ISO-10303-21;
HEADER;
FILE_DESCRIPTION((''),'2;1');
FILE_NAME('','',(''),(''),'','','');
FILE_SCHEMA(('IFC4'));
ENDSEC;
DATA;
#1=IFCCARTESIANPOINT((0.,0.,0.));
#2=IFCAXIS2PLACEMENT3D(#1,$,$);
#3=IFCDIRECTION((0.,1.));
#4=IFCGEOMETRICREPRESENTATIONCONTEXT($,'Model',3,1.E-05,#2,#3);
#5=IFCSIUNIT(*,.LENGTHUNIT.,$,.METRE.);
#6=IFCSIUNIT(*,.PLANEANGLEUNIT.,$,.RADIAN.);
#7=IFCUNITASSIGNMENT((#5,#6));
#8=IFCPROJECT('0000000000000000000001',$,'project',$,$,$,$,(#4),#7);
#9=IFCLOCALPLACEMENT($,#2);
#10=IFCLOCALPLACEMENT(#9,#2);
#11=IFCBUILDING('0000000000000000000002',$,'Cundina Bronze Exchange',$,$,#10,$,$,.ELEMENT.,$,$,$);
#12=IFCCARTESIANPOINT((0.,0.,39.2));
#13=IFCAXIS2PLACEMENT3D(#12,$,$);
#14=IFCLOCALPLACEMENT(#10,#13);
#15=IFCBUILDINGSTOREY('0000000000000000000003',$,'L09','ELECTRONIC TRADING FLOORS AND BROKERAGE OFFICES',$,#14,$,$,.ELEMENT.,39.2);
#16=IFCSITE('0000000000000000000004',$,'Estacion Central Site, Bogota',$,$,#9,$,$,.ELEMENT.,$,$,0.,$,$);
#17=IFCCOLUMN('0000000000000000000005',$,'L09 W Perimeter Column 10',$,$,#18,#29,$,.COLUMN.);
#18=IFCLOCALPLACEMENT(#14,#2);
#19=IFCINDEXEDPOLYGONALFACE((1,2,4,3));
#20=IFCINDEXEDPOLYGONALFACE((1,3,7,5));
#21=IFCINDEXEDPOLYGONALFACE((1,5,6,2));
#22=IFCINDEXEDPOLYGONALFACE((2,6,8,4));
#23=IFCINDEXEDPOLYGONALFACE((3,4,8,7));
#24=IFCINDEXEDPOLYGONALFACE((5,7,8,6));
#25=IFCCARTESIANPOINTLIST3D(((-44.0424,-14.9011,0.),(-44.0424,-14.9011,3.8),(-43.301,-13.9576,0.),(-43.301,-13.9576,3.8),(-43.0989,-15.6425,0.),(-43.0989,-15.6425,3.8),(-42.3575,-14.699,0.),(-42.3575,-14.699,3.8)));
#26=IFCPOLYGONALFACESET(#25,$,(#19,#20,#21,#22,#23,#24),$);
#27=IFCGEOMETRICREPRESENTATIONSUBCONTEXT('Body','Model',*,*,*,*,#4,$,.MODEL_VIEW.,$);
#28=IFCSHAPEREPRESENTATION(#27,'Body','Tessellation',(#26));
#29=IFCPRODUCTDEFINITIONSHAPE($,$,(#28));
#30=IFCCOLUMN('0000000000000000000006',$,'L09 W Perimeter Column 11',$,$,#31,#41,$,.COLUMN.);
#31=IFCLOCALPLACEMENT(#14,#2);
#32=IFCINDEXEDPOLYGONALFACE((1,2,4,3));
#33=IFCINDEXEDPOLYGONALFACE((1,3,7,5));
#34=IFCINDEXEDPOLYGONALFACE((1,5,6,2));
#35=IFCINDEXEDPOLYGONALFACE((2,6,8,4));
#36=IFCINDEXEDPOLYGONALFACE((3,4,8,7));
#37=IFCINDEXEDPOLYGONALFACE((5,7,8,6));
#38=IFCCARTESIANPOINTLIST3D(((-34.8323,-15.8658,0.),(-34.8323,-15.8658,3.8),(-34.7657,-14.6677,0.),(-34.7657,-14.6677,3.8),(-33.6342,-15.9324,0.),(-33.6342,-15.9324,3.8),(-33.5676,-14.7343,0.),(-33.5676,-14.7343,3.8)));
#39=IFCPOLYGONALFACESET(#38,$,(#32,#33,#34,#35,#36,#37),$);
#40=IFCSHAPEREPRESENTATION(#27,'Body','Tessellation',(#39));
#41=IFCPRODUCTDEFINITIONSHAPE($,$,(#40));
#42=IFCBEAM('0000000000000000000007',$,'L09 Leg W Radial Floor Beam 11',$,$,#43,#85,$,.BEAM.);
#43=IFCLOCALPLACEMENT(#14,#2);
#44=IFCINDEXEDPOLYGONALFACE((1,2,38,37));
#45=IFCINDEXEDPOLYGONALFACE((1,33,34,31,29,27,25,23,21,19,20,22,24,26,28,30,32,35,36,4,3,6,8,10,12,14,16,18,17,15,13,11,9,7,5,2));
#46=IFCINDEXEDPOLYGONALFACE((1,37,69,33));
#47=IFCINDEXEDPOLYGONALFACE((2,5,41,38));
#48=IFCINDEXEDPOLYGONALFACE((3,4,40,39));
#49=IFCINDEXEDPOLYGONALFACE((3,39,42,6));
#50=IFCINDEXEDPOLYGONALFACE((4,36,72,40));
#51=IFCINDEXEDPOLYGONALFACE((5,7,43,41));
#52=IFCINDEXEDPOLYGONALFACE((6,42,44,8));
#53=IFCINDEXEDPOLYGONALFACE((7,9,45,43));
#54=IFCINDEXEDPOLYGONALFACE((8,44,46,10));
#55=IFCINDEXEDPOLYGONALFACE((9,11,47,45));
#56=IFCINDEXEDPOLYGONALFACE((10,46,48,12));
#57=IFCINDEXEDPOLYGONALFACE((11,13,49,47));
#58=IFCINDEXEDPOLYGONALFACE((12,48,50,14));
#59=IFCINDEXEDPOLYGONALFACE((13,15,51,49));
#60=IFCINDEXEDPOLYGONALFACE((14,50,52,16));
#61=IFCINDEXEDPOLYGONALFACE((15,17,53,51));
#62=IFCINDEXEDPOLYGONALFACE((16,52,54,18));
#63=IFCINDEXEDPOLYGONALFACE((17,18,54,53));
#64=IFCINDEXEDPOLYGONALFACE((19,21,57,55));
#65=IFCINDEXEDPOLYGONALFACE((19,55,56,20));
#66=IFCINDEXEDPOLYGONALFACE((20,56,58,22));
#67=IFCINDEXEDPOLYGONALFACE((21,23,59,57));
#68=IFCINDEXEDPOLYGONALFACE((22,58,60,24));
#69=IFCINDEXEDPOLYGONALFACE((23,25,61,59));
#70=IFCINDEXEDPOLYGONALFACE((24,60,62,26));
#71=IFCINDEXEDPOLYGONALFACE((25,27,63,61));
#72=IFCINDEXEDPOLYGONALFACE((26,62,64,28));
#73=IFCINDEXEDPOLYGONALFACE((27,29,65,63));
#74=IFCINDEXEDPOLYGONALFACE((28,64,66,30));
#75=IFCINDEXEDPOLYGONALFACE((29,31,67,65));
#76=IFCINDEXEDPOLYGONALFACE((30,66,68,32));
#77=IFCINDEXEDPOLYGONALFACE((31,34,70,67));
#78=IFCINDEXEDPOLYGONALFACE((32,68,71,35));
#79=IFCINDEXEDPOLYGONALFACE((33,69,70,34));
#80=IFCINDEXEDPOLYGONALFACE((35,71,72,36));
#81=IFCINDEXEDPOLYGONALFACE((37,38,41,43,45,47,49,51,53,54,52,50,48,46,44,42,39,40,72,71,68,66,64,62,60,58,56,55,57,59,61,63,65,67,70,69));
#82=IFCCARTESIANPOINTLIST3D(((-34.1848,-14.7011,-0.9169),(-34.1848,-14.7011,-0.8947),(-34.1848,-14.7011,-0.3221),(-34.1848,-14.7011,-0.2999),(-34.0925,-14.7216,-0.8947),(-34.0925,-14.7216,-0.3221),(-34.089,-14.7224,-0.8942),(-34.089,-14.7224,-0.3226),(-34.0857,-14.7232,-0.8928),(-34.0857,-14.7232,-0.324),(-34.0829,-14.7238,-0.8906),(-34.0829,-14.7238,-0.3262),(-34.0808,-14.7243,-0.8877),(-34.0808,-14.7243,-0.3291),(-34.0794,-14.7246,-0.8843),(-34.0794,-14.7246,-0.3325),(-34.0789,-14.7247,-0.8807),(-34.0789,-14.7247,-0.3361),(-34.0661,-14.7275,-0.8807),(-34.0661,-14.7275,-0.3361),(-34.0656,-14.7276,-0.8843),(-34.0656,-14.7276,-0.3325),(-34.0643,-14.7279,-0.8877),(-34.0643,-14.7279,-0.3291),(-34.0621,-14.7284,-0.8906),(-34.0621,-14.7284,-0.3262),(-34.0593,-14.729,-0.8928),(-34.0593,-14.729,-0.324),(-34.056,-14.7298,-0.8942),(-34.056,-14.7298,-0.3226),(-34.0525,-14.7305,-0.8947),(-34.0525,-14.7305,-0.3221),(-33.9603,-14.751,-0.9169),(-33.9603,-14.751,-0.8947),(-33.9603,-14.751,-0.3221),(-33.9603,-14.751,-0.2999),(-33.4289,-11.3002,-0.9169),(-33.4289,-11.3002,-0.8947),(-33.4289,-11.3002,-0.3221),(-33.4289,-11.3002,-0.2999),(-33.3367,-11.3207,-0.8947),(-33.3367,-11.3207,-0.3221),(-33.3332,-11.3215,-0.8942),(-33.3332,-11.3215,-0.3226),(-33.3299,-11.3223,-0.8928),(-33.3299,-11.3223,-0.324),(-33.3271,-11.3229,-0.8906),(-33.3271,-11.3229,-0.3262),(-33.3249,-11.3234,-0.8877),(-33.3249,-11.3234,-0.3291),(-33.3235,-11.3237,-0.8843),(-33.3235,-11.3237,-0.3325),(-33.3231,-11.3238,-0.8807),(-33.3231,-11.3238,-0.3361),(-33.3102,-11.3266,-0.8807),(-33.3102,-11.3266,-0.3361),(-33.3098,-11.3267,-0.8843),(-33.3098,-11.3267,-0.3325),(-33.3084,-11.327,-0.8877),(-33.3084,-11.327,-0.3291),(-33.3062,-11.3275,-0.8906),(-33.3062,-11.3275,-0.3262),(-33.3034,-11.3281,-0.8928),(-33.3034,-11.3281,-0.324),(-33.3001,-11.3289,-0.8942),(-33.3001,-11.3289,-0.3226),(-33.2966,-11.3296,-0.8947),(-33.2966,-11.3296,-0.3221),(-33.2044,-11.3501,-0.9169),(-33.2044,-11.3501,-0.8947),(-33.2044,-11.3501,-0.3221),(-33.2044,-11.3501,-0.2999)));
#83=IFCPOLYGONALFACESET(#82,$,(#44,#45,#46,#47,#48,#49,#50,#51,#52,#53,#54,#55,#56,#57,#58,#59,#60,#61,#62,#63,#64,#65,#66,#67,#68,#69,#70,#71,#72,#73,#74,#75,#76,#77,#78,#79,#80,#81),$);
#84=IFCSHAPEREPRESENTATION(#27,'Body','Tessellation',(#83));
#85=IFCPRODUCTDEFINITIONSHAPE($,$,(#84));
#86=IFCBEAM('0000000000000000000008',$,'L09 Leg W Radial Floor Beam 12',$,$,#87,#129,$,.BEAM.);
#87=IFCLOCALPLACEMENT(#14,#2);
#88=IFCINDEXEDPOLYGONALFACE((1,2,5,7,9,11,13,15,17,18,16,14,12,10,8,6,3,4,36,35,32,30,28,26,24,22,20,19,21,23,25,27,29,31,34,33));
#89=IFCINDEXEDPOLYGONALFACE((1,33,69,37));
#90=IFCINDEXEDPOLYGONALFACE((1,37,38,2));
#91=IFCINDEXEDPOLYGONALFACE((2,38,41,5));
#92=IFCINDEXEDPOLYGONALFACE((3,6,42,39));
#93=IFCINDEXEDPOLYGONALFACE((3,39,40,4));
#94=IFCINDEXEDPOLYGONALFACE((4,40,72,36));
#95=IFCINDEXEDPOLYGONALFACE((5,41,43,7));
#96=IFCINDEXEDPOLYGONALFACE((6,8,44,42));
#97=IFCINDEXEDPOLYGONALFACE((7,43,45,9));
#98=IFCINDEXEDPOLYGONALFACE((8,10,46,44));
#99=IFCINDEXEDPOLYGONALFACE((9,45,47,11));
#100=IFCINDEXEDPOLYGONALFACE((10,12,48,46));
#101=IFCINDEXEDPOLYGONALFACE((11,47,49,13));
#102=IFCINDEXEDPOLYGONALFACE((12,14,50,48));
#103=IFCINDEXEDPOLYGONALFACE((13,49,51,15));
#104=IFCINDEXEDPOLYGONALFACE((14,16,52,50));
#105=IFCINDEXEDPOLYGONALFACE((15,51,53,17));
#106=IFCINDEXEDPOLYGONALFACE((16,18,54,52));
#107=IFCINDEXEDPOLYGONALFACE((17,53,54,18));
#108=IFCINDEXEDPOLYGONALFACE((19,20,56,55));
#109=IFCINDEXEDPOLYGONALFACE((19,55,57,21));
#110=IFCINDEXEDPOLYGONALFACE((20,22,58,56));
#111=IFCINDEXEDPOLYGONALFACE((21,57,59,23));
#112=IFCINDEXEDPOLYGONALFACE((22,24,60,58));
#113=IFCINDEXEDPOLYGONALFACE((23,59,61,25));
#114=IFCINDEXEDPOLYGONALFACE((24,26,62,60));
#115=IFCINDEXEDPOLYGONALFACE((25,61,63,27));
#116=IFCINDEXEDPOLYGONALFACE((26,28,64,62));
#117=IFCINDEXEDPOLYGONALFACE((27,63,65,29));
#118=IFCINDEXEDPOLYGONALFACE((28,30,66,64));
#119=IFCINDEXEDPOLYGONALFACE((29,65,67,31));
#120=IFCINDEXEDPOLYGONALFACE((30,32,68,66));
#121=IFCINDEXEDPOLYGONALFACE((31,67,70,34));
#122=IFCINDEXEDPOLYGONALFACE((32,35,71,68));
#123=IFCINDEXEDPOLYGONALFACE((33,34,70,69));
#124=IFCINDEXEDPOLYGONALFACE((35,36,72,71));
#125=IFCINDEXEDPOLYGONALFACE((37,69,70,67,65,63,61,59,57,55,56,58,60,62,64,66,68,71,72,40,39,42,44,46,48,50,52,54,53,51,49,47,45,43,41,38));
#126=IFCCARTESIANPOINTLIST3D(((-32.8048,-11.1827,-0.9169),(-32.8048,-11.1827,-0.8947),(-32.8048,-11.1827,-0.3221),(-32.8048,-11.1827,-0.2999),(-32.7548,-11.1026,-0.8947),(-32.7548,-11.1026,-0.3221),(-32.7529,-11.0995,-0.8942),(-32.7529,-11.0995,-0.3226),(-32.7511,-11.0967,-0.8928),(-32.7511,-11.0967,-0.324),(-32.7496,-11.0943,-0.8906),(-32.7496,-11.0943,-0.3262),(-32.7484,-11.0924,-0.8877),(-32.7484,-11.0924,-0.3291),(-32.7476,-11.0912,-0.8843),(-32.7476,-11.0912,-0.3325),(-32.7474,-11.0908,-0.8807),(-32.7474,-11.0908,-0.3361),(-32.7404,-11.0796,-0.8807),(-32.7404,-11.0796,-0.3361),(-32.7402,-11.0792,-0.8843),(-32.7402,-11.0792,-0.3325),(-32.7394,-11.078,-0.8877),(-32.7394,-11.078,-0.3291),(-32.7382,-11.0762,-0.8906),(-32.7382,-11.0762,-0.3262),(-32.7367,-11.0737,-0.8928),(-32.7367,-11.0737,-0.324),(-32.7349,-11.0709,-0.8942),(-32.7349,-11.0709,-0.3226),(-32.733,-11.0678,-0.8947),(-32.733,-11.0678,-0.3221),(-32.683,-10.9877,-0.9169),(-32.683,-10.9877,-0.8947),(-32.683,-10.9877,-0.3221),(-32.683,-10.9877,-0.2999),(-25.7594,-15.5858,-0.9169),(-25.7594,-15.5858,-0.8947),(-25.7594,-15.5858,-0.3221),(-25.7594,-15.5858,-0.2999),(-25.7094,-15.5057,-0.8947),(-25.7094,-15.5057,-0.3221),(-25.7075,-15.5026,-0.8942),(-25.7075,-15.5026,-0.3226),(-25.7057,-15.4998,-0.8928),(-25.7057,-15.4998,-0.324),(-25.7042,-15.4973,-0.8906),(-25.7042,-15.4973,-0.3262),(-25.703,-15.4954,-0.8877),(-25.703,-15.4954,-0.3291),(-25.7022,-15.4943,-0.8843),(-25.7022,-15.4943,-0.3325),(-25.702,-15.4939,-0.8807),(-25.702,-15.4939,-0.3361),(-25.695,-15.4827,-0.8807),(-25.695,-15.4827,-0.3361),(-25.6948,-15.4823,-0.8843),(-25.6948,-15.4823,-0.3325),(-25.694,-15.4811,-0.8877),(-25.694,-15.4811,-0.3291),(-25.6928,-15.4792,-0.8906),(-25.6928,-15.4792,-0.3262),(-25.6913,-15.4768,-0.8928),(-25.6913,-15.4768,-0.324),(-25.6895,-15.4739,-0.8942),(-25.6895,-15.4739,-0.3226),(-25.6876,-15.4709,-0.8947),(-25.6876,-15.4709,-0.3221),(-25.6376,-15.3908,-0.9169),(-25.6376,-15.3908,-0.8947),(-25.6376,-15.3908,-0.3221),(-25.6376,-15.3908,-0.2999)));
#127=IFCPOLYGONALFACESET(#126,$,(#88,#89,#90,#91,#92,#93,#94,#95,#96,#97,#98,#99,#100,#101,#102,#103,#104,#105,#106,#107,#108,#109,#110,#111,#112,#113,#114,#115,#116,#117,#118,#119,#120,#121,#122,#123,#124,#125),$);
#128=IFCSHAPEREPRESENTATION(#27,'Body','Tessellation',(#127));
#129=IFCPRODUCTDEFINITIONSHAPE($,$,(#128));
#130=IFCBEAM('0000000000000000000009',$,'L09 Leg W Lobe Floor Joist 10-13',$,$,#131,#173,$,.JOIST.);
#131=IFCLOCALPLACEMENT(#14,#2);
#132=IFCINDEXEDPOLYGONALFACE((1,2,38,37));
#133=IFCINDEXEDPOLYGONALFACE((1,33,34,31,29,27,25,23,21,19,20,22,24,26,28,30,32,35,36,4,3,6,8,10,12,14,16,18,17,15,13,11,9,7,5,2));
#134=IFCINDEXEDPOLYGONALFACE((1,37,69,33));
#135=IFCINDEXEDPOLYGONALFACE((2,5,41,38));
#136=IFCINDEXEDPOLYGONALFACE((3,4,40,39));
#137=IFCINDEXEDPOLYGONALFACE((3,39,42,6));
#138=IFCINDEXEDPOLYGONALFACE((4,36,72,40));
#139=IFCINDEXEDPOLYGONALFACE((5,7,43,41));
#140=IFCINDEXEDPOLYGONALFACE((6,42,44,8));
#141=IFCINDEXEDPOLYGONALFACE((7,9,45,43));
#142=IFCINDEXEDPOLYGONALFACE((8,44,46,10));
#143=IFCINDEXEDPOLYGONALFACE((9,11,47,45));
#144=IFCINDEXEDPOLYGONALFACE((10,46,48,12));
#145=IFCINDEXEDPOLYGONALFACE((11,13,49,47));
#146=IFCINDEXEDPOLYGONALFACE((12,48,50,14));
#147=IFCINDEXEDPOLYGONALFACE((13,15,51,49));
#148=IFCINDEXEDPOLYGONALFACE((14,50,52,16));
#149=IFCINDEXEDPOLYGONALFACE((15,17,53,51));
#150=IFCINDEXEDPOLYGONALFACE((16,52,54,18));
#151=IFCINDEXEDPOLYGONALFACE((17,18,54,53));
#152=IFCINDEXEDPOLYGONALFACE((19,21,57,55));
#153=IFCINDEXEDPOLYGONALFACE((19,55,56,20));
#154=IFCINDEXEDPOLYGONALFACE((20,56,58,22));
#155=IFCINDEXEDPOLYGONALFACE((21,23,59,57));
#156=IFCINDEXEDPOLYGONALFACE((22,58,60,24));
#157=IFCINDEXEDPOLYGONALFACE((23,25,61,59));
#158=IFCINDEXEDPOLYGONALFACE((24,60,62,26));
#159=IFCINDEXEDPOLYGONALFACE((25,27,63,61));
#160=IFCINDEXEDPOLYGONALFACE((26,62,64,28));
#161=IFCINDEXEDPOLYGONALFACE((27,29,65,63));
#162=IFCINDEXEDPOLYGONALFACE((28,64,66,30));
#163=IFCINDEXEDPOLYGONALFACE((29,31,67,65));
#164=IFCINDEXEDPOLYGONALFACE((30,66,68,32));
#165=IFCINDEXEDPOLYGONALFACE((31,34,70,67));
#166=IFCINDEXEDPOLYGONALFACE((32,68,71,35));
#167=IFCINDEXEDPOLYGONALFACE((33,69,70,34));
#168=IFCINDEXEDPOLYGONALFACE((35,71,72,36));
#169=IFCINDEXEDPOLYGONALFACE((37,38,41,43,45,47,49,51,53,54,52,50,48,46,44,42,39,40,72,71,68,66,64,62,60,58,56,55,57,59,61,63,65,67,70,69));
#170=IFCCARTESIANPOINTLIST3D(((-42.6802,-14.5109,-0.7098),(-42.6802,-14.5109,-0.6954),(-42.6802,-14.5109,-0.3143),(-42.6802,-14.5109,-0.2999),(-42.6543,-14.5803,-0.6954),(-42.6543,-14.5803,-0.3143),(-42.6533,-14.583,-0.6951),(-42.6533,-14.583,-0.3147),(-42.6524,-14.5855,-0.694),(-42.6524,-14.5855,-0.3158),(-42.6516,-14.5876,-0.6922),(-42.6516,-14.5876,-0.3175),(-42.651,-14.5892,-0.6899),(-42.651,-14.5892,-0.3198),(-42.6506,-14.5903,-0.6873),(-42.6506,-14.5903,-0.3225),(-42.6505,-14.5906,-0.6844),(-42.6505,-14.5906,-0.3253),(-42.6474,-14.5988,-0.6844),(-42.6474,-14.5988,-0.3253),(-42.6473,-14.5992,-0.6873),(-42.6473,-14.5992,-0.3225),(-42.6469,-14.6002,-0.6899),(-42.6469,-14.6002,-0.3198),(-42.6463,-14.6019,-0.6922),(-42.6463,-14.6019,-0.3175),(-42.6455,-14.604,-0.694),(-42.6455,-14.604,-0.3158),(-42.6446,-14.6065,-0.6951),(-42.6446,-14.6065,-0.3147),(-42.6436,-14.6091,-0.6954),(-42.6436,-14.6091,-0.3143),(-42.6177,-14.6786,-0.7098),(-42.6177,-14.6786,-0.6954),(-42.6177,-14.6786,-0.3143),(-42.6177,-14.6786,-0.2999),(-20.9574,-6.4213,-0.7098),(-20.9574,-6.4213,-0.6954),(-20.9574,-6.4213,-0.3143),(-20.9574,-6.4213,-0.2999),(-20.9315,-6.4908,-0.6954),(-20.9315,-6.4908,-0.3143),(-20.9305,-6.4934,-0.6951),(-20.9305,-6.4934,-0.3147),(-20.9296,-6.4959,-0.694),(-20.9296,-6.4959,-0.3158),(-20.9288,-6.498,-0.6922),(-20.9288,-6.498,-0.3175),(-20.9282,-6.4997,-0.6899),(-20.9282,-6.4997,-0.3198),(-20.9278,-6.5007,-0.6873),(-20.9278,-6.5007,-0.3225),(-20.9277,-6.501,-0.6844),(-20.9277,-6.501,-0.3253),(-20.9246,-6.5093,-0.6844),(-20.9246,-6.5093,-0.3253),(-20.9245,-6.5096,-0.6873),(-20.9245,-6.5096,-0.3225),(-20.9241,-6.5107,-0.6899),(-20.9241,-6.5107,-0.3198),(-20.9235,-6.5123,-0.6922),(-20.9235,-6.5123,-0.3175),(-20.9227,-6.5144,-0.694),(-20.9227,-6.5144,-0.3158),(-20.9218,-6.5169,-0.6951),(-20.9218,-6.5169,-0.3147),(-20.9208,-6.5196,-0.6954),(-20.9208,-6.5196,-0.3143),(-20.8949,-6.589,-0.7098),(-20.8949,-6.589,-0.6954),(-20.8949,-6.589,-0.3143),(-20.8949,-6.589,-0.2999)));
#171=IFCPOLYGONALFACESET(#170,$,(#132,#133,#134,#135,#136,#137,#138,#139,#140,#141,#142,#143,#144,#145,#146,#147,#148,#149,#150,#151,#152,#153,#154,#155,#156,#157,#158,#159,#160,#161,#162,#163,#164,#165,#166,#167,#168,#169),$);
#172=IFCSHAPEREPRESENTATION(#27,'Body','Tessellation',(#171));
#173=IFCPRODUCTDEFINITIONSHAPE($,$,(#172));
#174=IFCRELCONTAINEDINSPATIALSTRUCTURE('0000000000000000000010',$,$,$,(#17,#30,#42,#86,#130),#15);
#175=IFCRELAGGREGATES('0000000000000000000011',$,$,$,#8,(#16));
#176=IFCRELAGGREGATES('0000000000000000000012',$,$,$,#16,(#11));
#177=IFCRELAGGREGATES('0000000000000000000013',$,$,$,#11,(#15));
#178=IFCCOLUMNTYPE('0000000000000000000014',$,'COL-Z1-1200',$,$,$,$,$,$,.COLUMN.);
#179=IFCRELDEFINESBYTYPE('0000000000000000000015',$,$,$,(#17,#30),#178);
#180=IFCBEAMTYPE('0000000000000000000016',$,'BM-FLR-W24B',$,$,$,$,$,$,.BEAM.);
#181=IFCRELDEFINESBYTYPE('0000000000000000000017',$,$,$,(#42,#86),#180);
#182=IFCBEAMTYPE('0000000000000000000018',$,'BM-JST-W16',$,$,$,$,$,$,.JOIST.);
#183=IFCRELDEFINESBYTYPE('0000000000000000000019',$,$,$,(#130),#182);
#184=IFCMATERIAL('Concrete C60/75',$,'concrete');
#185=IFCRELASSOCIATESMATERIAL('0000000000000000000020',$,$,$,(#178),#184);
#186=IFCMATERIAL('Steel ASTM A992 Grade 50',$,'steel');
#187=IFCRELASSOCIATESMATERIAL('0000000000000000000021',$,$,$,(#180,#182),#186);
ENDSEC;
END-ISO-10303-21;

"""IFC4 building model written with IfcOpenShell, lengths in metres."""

from ifc_helpers import new_model, si_unit, direction, frame, origin, origin_2d, place, context, subcontext, project, spatial, rectangle, i_section, extrude, material, material_profile, profile_set, type_object, element, save


model = new_model("IFC4")

# Units and contexts
model_context = context("Model", 3, precision=1e-05, world=origin(), true_north=direction((0.0, 1.0)))
body_context = subcontext(model_context, "Body", "Model", "MODEL_VIEW")
ifc_project = project(units=[si_unit("LENGTHUNIT", "METRE"), si_unit("PLANEANGLEUNIT", "RADIAN")], contexts=[model_context])

# Site, building, storey
site_placement = place(None, origin())
site = spatial("IfcSite", under=ifc_project, at=site_placement, Name="Estacion Central Site, Bogota", CompositionType="ELEMENT", RefElevation=0.0)
building_placement = place(site_placement, origin())
building = spatial("IfcBuilding", under=site, at=building_placement, Name="Cundina Bronze Exchange", CompositionType="ELEMENT")
storey_placement = place(building_placement, frame((0.0, 0.0, 39.2)))
storey = spatial("IfcBuildingStorey", under=building, at=storey_placement, Name="L09", Description="ELECTRONIC TRADING FLOORS AND BROKERAGE OFFICES", CompositionType="ELEMENT", Elevation=39.2)

# Columns
ifc_material_1 = material(Name="Concrete C60/75", Category="concrete")
ifc_material_profile_1 = material_profile(ifc_material_1, rectangle(XDim=1.2, YDim=1.2, at=origin_2d()), Name="RC1200X1200", Category="concrete")
ifc_profile_set_1 = profile_set([ifc_material_profile_1], Name="Concrete C60/75")
column_type = type_object("IfcColumnType", Name="COL-Z1-1200", PredefinedType="COLUMN", material=ifc_profile_set_1)
for number, where, z_axis, x_axis, name in (
    (1, (-43.2, -14.8, 0.0), (0.0, 0.0, 1.0), (0.786288, -0.61786, 0.0), "L09 W Perimeter Column 10"),
    (2, (-34.2, -15.3, 0.0), (0.0, 0.0, 1.0), (0.99846, -0.055473, 0.0), "L09 W Perimeter Column 11"),
):
    element("IfcColumn", number, at=place(storey_placement, frame(where, z_axis=z_axis, x_axis=x_axis)), inside=storey, type_object=column_type, Name=name, PredefinedType="COLUMN", context=body_context, shape_type="SweptSolid", body=[
        extrude(rectangle(XDim=1.2, YDim=1.2, at=origin_2d()), origin(), (0.0, 0.0, 1.0), 3.8),
    ])

# Beams
ifc_material_2 = material(Name="Steel ASTM A992 Grade 50", Category="steel")
ifc_material_profile_2 = material_profile(ifc_material_2, i_section(OverallWidth=0.23, OverallDepth=0.6169, WebThickness=0.0132, FlangeThickness=0.0222, FilletRadius=0.0139, at=origin_2d()), Name="W24X94", Category="steel")
ifc_profile_set_2 = profile_set([ifc_material_profile_2], Name="Steel ASTM A992 Grade 50")
beam_type_1 = type_object("IfcBeamType", Name="BM-FLR-W24B", PredefinedType="BEAM", material=ifc_profile_set_2)
beam_1_placement = place(storey_placement, frame((-33.3167, -11.3252, -0.6084), z_axis=(-0.21696, -0.97618, 0.0), x_axis=(0.97618, -0.21696, 0.0)))
element("IfcBeam", 3, at=beam_1_placement, inside=storey, type_object=beam_type_1, Name="L09 Leg W Radial Floor Beam 11", PredefinedType="BEAM", context=body_context, shape_type="SweptSolid", body=[
    extrude(i_section(OverallWidth=0.23, OverallDepth=0.6169, WebThickness=0.0132, FlangeThickness=0.0222, FilletRadius=0.0139, at=origin_2d()), origin(), (0.0, 0.0, 1.0), 3.4839),
])
beam_2_placement = place(storey_placement, frame((-32.7439, -11.0852, -0.6084), z_axis=(0.848015, -0.529973, 0.0), x_axis=(0.529973, 0.848015, 0.0)))
element("IfcBeam", 4, at=beam_2_placement, inside=storey, type_object=beam_type_1, Name="L09 Leg W Radial Floor Beam 12", PredefinedType="BEAM", context=body_context, shape_type="SweptSolid", body=[
    extrude(i_section(OverallWidth=0.23, OverallDepth=0.6169, WebThickness=0.0132, FlangeThickness=0.0222, FilletRadius=0.0139, at=origin_2d()), origin(), (0.0, 0.0, 1.0), 8.3081),
])
ifc_material_profile_3 = material_profile(ifc_material_2, i_section(OverallWidth=0.179, OverallDepth=0.4099, WebThickness=0.0088, FlangeThickness=0.0144, FilletRadius=0.011, at=origin_2d()), Name="W16X45", Category="steel")
ifc_profile_set_3 = profile_set([ifc_material_profile_3], Name="Steel ASTM A992 Grade 50")
beam_type_2 = type_object("IfcBeamType", Name="BM-JST-W16", PredefinedType="JOIST", material=ifc_profile_set_3)
beam_3_placement = place(storey_placement, frame((-42.6489, -14.5947, -0.5049), z_axis=(0.937128, 0.348986, 0.0), x_axis=(-0.348986, 0.937128, 0.0)))
element("IfcBeam", 5, at=beam_3_placement, inside=storey, type_object=beam_type_2, Name="L09 Leg W Lobe Floor Joist 10-13", PredefinedType="JOIST", context=body_context, shape_type="SweptSolid", body=[
    extrude(i_section(OverallWidth=0.179, OverallDepth=0.4099, WebThickness=0.0088, FlangeThickness=0.0144, FilletRadius=0.011, at=origin_2d()), origin(), (0.0, 0.0, 1.0), 23.1802),
])

save(model, "model.ifc")
